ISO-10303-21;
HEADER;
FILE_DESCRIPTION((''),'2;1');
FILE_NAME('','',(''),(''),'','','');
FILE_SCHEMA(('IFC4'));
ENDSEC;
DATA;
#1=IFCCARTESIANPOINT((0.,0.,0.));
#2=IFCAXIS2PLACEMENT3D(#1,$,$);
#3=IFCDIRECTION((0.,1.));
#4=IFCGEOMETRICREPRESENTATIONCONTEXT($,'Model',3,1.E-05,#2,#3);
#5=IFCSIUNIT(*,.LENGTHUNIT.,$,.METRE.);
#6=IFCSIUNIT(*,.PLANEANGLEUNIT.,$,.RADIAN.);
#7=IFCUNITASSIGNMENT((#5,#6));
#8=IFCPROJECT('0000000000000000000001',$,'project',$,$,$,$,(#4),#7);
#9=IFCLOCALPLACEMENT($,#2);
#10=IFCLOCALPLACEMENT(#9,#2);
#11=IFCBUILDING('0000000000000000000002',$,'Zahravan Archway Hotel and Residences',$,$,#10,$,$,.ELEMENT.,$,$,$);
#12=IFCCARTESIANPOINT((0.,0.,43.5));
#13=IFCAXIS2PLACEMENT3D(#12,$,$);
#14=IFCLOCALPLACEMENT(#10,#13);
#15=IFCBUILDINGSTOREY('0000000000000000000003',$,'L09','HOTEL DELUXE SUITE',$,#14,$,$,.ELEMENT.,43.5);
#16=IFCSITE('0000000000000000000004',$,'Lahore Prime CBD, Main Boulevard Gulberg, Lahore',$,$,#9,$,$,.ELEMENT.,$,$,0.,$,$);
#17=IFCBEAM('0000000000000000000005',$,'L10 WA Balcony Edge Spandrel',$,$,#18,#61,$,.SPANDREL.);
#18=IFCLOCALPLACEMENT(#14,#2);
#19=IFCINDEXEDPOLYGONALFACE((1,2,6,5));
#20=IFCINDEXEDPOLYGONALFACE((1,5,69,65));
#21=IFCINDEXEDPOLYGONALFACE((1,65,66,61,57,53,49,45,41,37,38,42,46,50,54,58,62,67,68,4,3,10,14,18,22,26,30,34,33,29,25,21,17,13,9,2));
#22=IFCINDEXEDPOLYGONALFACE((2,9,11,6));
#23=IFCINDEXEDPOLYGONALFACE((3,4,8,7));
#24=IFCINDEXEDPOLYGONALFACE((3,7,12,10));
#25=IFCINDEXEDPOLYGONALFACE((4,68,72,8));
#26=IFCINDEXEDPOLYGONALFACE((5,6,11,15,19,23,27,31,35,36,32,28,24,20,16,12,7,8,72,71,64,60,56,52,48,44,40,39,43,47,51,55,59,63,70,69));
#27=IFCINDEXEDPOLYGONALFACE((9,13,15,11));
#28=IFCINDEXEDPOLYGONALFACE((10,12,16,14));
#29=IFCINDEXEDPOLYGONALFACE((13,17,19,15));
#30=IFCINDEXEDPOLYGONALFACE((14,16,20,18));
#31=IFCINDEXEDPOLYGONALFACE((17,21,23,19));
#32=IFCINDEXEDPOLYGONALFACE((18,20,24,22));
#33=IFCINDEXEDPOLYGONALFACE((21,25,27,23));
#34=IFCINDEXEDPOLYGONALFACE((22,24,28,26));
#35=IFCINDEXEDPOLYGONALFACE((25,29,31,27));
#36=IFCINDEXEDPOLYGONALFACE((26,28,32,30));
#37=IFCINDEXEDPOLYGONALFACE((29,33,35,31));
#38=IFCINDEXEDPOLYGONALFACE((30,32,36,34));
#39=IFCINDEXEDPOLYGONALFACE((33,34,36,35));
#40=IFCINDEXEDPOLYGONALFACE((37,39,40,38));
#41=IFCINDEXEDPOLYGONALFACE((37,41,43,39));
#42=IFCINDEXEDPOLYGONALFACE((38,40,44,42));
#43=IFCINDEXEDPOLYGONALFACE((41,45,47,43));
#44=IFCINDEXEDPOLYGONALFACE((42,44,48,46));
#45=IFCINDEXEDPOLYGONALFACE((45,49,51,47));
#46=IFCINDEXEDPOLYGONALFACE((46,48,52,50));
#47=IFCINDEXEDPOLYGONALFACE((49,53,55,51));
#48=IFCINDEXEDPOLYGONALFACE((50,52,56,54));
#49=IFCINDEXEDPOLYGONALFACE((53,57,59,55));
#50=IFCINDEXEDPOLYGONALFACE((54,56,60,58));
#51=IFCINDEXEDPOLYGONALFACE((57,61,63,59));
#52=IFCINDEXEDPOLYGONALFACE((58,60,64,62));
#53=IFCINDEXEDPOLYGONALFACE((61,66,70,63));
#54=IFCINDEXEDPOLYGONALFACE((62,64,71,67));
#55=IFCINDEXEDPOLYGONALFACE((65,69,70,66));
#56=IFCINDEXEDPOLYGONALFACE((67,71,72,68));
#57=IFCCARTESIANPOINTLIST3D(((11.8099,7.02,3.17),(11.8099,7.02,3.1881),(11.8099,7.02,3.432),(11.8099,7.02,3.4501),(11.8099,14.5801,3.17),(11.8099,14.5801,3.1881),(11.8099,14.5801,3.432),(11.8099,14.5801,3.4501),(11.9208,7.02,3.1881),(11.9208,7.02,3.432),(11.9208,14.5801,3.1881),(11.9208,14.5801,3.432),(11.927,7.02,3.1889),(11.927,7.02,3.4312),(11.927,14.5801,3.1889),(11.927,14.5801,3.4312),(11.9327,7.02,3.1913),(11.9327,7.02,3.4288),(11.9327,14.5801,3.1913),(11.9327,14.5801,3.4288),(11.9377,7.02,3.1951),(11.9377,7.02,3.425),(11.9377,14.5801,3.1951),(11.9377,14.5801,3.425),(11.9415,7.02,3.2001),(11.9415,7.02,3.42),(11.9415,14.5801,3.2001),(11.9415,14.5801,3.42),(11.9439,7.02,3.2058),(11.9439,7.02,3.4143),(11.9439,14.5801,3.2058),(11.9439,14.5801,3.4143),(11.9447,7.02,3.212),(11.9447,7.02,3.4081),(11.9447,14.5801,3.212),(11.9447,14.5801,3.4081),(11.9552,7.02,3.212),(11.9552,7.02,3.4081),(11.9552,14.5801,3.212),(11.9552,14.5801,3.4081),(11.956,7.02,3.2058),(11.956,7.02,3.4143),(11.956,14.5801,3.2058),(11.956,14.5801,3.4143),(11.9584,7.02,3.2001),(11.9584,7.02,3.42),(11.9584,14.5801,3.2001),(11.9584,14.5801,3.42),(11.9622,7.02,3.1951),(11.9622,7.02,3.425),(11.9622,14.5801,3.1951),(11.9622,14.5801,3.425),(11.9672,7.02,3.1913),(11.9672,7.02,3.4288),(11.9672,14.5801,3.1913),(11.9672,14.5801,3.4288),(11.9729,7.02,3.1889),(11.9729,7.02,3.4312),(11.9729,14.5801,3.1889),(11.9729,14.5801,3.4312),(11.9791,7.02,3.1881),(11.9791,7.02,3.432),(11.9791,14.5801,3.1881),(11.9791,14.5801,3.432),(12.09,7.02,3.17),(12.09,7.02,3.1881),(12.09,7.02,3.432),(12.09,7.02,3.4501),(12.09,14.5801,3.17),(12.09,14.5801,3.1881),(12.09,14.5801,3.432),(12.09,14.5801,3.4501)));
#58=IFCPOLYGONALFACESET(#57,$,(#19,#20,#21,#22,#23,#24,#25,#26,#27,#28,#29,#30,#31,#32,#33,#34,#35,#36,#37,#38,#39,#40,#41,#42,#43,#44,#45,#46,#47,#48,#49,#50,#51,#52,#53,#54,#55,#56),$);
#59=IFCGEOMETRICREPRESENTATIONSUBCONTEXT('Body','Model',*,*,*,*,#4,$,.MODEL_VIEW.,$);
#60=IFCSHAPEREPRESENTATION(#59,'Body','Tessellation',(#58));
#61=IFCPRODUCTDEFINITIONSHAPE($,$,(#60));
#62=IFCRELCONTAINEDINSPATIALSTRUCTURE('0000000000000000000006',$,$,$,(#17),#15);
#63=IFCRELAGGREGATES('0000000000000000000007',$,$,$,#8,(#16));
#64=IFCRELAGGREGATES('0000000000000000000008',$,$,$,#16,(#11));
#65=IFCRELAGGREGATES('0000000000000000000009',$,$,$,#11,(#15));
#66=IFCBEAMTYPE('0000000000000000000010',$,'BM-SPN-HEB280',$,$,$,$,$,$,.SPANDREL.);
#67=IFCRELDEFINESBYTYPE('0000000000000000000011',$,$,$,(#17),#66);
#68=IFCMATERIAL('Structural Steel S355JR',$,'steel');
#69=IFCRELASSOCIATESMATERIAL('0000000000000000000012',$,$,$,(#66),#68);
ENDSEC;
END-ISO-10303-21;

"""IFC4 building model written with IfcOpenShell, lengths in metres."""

from ifc_helpers import new_model, si_unit, direction, frame, origin, origin_2d, place, context, subcontext, project, spatial, i_section, extrude, source, transform, mapped, material, material_profile, profile_set, type_object, type_shapes, element, save


model = new_model("IFC4")

# Units and contexts
model_context = context("Model", 3, precision=1e-05, world=origin(), true_north=direction((0.0, 1.0)))
body_context = subcontext(model_context, "Body", "Model", "MODEL_VIEW")
ifc_project = project(units=[si_unit("LENGTHUNIT", "METRE"), si_unit("PLANEANGLEUNIT", "RADIAN")], contexts=[model_context])

# Site, building, storey
site_placement = place(None, origin())
site = spatial("IfcSite", under=ifc_project, at=site_placement, Name="Lahore Prime CBD, Main Boulevard Gulberg, Lahore", CompositionType="ELEMENT", RefElevation=0.0)
building_placement = place(site_placement, origin())
building = spatial("IfcBuilding", under=site, at=building_placement, Name="Zahravan Archway Hotel and Residences", CompositionType="ELEMENT")
storey_placement = place(building_placement, frame((0.0, 0.0, 43.5)))
storey = spatial("IfcBuildingStorey", under=building, at=storey_placement, Name="L09", Description="HOTEL DELUXE SUITE", CompositionType="ELEMENT", Elevation=43.5)

# Beam
ifc_material_1 = material(Name="Structural Steel S355JR", Category="steel")
ifc_material_profile = material_profile(ifc_material_1, i_section(OverallWidth=0.28, OverallDepth=0.28, WebThickness=0.0105, FlangeThickness=0.0181, FilletRadius=0.0239, at=origin_2d()), Name="HEB 280", Category="steel")
ifc_profile_set = profile_set([ifc_material_profile], Name="Structural Steel S355JR")
beam_type = type_object("IfcBeamType", Name="BM-SPN-HEB280", PredefinedType="SPANDREL", material=ifc_profile_set)
shared_shape_1 = source(origin(), body_context, "Body", "SweptSolid", [
    extrude(i_section(OverallWidth=0.28, OverallDepth=0.28, WebThickness=0.0105, FlangeThickness=0.0181, FilletRadius=0.0239, at=origin_2d()), origin(), (0.0, 0.0, 1.0), 7.5601),
])
type_shapes(beam_type, [shared_shape_1])
beam_placement = place(storey_placement, frame((11.95, 7.02, 3.3101), z_axis=(0.0, 1.0, 0.0), x_axis=(-1.0, 0.0, 0.0)))
element("IfcBeam", 1, at=beam_placement, inside=storey, type_object=beam_type, Name="L10 WA Balcony Edge Spandrel", PredefinedType="SPANDREL", context=body_context, shape_type="MappedRepresentation", body=[
    mapped(shared_shape_1, transform((0.0, 0.0, 0.0), scale=1.0)),
])

save(model, "model.ifc")
